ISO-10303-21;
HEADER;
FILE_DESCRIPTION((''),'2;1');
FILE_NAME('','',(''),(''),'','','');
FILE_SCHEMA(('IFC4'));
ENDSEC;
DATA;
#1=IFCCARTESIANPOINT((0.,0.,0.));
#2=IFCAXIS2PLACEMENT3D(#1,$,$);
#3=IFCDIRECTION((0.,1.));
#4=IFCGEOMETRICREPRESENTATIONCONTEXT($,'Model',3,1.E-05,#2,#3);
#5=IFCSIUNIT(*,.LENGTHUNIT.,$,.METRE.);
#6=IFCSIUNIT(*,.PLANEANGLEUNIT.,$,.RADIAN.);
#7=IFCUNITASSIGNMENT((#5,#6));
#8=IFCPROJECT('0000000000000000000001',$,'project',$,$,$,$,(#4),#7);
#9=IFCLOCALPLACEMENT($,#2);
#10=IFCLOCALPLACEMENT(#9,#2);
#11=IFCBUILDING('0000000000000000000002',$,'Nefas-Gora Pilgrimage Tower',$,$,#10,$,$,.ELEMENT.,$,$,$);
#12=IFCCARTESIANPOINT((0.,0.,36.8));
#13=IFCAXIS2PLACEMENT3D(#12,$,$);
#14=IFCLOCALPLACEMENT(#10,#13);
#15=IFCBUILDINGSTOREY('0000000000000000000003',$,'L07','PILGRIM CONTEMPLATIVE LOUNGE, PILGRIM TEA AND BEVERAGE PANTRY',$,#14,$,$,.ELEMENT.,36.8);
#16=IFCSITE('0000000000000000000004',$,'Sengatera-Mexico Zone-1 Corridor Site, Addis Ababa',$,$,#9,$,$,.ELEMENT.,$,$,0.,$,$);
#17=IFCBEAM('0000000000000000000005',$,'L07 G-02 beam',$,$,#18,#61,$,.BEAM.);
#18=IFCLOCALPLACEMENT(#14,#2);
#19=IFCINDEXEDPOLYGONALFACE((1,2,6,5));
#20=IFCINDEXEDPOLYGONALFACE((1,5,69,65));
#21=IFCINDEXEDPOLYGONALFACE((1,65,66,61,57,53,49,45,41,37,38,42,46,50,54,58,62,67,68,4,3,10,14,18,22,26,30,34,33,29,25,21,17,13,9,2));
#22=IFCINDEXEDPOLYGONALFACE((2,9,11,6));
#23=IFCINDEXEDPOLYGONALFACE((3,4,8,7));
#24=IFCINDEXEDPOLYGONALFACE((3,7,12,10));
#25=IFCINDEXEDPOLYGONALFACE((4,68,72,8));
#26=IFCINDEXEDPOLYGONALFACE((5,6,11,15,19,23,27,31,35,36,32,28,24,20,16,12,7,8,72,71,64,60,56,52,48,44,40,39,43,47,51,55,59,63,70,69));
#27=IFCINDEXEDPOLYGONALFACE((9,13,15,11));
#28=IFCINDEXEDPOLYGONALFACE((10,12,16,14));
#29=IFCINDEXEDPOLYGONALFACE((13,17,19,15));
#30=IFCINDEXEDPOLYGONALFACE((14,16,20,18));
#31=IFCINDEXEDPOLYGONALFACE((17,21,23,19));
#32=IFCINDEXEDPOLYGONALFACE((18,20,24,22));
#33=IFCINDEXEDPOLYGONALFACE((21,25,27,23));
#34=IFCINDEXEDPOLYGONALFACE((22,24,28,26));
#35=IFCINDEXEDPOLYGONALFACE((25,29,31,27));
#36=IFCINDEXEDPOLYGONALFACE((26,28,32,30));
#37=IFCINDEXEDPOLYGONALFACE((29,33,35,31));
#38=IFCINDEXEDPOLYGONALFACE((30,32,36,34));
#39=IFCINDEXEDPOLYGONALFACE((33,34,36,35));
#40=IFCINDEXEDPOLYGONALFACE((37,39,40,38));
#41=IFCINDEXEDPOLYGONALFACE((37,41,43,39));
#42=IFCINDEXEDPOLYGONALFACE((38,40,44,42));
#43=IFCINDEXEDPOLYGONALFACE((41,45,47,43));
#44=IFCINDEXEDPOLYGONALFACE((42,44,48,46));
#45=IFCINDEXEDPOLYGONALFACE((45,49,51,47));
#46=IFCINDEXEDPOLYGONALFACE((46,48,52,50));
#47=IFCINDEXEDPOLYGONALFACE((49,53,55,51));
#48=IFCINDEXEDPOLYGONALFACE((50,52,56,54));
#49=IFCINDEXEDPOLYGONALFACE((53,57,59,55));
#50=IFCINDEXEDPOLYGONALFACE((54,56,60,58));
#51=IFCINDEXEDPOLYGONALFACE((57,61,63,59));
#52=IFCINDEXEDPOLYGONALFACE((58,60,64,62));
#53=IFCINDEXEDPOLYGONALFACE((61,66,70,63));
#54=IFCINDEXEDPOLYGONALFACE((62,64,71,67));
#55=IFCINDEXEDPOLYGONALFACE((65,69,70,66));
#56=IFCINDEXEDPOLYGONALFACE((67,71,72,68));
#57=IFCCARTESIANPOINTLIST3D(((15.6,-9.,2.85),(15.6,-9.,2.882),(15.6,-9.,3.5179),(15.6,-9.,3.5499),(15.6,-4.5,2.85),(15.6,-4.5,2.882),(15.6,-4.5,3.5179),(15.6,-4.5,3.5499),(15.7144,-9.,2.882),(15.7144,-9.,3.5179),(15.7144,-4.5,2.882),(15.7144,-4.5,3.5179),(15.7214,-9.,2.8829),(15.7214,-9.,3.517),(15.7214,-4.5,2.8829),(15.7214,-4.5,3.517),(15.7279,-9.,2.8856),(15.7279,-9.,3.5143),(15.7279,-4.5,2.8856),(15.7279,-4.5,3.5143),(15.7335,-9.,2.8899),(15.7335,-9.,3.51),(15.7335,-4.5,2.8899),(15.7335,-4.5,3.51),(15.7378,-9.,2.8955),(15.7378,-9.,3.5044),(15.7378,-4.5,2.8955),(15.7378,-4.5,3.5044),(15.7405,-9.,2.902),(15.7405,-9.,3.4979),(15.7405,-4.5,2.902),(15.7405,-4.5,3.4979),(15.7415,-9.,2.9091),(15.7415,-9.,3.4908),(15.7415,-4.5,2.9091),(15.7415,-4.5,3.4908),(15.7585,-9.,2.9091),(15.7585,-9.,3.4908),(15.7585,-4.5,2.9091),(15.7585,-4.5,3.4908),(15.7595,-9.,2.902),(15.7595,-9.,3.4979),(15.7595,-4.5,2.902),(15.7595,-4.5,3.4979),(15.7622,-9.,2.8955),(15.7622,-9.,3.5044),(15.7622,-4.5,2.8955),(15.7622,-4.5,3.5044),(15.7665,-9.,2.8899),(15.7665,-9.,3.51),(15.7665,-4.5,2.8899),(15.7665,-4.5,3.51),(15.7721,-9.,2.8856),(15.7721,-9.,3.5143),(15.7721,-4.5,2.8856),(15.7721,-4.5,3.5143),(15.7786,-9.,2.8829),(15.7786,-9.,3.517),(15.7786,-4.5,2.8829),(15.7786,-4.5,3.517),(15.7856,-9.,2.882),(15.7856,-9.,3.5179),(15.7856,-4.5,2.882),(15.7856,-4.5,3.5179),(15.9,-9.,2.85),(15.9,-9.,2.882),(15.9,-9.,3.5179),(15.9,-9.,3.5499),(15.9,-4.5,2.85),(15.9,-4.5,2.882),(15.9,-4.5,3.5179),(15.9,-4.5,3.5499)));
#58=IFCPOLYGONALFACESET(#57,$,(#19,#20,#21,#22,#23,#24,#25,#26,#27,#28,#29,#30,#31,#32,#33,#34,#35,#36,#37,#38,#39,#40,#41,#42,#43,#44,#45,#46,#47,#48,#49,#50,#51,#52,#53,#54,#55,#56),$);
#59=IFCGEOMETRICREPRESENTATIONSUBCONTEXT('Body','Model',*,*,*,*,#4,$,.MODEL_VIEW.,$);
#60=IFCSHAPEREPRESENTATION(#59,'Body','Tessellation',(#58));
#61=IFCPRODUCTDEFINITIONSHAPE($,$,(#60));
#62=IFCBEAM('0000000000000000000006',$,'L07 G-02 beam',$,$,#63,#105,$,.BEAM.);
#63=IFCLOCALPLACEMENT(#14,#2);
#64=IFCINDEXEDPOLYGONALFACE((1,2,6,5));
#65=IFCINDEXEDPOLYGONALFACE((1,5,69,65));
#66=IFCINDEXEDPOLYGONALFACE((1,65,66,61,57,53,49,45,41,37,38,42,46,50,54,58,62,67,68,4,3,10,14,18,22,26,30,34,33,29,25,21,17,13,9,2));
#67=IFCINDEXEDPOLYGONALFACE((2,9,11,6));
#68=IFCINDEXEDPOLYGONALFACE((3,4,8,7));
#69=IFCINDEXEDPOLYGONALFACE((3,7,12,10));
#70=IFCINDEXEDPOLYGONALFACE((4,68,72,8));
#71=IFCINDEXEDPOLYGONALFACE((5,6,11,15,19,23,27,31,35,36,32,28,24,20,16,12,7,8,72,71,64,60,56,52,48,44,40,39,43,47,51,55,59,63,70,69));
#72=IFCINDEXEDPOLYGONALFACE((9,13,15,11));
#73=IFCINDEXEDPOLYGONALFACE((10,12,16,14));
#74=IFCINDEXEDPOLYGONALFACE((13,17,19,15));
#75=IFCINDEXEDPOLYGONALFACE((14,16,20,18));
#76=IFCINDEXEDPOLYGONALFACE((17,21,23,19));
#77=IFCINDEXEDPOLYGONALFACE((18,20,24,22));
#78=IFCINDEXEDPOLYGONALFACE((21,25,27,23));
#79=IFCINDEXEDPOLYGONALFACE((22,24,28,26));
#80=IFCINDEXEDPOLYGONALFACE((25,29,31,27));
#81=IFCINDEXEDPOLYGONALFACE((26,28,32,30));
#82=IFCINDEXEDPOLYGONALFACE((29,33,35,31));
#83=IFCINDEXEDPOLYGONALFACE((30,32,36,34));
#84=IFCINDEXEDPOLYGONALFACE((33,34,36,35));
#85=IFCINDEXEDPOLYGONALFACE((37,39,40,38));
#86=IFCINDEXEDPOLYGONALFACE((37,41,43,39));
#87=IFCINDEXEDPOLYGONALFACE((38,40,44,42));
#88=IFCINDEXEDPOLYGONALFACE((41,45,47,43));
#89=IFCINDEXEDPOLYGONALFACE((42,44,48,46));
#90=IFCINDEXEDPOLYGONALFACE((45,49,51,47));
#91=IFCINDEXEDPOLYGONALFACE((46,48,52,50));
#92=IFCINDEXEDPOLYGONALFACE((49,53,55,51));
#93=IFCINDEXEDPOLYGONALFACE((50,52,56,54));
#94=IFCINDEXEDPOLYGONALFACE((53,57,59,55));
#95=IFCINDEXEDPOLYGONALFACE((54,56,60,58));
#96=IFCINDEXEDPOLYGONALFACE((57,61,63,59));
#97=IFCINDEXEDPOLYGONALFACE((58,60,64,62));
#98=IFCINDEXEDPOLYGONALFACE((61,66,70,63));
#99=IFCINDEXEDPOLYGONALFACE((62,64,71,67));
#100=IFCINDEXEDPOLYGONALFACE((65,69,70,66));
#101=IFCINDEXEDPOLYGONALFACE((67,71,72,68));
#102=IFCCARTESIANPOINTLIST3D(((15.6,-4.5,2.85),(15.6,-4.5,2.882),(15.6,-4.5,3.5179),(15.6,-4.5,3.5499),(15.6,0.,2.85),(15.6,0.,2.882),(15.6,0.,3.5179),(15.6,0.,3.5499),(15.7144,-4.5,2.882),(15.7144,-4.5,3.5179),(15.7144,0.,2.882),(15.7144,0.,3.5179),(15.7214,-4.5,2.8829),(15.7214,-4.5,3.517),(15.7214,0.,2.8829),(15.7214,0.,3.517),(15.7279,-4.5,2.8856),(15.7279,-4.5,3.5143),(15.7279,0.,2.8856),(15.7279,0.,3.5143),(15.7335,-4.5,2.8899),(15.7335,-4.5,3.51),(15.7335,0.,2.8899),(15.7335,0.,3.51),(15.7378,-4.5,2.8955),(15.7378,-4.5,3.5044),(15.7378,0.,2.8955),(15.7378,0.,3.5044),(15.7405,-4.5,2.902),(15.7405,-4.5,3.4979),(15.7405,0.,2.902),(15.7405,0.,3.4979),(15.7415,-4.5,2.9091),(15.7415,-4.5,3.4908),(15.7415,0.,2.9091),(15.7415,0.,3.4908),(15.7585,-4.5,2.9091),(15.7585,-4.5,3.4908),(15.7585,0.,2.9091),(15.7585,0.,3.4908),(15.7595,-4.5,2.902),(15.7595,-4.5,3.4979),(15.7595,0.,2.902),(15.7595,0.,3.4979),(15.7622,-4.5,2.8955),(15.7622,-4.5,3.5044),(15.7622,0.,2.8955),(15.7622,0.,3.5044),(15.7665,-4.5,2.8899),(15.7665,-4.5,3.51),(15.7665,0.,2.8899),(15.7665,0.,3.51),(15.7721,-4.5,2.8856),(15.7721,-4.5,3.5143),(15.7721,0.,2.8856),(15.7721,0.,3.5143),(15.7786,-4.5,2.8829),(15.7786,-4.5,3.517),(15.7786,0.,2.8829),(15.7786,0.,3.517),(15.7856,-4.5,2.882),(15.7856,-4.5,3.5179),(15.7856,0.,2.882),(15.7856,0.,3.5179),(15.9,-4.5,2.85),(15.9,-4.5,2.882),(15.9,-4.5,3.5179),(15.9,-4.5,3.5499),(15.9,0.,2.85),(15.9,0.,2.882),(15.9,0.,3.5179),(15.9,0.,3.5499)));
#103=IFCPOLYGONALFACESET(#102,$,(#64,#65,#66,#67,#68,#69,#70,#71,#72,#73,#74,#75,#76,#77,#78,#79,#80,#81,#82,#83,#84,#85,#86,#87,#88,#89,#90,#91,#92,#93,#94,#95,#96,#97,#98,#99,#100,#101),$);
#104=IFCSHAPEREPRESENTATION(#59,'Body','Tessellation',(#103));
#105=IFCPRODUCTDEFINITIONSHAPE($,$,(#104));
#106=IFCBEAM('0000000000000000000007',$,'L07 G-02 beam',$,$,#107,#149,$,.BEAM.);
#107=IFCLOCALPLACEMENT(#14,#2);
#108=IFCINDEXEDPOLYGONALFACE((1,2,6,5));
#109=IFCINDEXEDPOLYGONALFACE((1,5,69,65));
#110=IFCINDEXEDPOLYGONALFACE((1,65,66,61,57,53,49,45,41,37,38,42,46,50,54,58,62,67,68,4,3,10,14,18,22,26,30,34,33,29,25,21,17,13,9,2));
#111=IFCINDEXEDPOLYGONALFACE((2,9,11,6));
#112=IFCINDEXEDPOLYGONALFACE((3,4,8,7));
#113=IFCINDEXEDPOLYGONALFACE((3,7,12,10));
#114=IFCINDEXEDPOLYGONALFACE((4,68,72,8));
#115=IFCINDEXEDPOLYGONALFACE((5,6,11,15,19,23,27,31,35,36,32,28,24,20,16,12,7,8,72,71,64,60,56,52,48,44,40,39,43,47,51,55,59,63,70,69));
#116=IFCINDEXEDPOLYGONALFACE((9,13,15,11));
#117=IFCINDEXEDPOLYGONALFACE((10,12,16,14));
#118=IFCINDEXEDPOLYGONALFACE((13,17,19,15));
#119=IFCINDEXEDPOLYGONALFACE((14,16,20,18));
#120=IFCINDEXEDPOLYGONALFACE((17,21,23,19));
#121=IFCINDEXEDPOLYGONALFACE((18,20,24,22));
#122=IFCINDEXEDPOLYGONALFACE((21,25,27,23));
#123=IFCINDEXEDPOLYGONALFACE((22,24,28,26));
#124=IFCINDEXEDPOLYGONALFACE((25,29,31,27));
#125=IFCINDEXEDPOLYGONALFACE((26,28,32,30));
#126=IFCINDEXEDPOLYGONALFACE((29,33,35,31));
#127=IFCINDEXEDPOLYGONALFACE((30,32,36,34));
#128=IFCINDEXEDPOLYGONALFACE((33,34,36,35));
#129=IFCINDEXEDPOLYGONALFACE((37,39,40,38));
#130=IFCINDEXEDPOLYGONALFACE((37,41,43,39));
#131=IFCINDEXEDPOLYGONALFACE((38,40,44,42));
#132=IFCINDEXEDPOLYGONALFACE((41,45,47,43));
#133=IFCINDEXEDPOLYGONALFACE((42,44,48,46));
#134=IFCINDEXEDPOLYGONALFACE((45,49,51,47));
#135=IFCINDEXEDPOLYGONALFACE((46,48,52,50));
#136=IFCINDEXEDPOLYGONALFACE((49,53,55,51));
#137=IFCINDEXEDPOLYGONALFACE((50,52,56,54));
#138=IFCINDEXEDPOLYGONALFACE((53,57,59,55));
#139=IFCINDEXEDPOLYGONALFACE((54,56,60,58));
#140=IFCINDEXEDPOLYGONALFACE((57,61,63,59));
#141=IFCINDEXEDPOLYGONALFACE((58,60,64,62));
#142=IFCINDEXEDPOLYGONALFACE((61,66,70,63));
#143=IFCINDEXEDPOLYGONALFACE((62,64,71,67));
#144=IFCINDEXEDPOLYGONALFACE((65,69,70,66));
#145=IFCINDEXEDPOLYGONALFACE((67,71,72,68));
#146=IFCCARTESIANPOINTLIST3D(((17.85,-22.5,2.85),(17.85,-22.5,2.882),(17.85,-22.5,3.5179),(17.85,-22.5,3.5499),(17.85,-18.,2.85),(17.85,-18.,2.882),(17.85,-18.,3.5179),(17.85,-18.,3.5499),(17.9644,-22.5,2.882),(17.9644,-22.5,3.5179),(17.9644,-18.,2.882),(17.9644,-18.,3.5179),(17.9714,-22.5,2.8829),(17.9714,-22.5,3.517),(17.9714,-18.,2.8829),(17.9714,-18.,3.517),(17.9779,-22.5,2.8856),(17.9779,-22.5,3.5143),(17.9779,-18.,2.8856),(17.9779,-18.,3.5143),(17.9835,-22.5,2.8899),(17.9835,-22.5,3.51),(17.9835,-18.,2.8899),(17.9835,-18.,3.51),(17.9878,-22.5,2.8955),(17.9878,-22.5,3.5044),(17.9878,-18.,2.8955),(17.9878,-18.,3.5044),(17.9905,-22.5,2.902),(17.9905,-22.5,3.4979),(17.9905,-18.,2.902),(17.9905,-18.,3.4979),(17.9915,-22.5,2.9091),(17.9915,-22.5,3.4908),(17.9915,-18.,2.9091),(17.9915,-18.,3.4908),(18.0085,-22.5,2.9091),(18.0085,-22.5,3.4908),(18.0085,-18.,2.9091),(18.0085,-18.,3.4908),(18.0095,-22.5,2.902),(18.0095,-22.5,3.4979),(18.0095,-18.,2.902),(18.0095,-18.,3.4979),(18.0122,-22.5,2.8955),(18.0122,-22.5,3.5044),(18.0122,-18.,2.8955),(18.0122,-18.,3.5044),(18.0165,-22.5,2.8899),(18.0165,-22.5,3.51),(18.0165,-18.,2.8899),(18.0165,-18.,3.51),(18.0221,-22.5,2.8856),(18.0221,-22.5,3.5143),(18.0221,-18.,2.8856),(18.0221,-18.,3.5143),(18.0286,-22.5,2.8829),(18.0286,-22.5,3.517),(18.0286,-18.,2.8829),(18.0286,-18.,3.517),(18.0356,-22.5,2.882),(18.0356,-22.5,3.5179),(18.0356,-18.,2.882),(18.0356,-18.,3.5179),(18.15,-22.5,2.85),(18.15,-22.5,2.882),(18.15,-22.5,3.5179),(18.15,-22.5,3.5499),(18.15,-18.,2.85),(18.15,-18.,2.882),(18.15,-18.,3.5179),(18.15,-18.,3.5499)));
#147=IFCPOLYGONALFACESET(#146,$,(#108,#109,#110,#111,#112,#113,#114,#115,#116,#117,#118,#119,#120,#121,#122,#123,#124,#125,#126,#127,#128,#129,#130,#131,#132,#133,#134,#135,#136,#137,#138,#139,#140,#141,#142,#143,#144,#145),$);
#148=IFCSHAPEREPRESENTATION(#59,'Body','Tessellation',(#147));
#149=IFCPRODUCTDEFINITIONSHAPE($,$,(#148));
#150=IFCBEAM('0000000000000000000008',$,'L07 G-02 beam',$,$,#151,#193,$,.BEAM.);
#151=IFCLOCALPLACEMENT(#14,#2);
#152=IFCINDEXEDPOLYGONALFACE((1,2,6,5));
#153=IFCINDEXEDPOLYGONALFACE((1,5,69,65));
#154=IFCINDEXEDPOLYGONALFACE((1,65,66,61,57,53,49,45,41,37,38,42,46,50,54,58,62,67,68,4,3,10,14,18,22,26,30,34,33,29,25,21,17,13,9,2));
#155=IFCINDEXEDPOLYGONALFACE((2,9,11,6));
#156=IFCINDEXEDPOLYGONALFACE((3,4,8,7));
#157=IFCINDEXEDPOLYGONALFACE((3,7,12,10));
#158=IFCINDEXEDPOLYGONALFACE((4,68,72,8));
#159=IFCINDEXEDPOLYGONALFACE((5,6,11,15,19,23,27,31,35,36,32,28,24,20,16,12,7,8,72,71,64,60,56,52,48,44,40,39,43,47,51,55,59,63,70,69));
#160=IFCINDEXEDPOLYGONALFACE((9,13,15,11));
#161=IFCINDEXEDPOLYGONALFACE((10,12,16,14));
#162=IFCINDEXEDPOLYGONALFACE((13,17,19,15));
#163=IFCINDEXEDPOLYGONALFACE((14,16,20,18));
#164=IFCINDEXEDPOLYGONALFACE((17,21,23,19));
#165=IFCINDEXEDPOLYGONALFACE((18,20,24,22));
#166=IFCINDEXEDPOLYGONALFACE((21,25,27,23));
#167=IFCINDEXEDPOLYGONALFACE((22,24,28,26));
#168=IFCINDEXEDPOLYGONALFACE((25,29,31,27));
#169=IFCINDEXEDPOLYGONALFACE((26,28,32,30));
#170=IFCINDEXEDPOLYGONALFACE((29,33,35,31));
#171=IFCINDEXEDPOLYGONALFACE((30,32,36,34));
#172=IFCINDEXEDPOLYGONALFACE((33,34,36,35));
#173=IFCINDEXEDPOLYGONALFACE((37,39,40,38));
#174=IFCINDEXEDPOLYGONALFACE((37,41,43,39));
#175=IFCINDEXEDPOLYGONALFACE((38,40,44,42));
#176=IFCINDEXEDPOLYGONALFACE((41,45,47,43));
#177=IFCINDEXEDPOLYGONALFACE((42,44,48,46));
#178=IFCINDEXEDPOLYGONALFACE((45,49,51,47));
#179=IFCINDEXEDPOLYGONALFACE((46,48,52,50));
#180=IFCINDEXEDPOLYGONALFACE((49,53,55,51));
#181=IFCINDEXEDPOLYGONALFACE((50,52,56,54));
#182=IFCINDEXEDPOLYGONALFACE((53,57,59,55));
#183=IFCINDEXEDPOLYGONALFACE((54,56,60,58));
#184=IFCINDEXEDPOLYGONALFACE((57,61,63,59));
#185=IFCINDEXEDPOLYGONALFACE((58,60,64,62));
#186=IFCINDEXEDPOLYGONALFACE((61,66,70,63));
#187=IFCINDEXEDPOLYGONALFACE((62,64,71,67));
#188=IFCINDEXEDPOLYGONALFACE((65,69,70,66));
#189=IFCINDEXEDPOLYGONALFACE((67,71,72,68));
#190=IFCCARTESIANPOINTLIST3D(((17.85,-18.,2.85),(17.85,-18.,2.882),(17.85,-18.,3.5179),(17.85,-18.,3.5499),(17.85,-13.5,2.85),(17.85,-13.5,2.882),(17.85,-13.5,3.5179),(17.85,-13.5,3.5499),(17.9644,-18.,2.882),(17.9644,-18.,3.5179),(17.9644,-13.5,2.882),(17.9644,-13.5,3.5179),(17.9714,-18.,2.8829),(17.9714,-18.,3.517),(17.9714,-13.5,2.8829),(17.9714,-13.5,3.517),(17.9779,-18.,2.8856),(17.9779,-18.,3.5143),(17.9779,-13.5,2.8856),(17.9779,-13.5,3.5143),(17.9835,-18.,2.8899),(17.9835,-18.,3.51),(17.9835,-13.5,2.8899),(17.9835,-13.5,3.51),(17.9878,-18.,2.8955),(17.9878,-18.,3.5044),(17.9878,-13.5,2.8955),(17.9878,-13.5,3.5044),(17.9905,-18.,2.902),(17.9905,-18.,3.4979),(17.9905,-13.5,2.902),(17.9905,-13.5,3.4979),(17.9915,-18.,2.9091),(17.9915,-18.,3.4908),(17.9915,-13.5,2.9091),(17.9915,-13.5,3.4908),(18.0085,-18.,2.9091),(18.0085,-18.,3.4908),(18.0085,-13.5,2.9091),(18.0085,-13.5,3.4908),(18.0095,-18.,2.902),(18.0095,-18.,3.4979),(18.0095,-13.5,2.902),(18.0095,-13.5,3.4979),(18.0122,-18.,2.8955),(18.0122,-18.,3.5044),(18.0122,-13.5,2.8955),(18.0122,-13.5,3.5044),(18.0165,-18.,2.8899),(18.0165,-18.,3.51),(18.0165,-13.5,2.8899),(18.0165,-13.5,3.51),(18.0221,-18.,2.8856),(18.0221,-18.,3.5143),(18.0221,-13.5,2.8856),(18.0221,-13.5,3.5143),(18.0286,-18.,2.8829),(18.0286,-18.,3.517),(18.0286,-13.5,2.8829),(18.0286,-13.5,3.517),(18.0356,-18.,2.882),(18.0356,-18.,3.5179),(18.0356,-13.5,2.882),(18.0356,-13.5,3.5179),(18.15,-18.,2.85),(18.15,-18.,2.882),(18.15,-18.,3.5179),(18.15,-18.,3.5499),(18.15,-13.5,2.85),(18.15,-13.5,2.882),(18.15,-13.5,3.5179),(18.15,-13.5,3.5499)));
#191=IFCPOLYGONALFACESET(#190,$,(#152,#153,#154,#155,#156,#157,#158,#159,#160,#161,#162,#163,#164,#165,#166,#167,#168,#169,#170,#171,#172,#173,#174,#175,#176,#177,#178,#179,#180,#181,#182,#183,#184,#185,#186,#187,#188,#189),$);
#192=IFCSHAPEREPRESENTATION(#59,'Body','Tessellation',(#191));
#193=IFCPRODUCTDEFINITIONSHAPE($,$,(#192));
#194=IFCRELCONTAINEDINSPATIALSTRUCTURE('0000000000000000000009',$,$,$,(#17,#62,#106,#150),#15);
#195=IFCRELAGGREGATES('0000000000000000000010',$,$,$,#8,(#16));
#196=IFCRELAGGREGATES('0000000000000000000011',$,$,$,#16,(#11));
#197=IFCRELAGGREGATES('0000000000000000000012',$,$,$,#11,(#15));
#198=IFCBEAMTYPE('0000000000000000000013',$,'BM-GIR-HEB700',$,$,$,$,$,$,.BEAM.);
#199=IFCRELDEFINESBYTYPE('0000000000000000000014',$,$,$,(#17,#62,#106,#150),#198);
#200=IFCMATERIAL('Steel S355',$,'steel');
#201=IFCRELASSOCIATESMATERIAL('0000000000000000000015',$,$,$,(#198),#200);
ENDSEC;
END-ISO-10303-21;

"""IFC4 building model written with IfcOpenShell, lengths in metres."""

from ifc_helpers import new_model, si_unit, direction, frame, origin, origin_2d, place, context, subcontext, project, spatial, i_section, extrude, source, transform, mapped, material, material_profile, profile_set, type_object, element, save


model = new_model("IFC4")

# Units and contexts
model_context = context("Model", 3, precision=1e-05, world=origin(), true_north=direction((0.0, 1.0)))
body_context = subcontext(model_context, "Body", "Model", "MODEL_VIEW")
ifc_project = project(units=[si_unit("LENGTHUNIT", "METRE"), si_unit("PLANEANGLEUNIT", "RADIAN")], contexts=[model_context])

# Site, building, storey
site_placement = place(None, origin())
site = spatial("IfcSite", under=ifc_project, at=site_placement, Name="Sengatera-Mexico Zone-1 Corridor Site, Addis Ababa", CompositionType="ELEMENT", RefElevation=0.0)
building_placement = place(site_placement, origin())
building = spatial("IfcBuilding", under=site, at=building_placement, Name="Nefas-Gora Pilgrimage Tower", CompositionType="ELEMENT")
storey_placement = place(building_placement, frame((0.0, 0.0, 36.8)))
storey = spatial("IfcBuildingStorey", under=building, at=storey_placement, Name="L07", Description="PILGRIM CONTEMPLATIVE LOUNGE, PILGRIM TEA AND BEVERAGE PANTRY", CompositionType="ELEMENT", Elevation=36.8)

# Beams
ifc_material_1 = material(Name="Steel S355", Category="steel")
ifc_material_profile_1 = material_profile(ifc_material_1, i_section(OverallWidth=0.3, OverallDepth=0.7, WebThickness=0.0171, FlangeThickness=0.032, FilletRadius=0.0271, at=origin_2d()), Name="HEB 700")
ifc_profile_set_1 = profile_set([ifc_material_profile_1], Name="Steel S355")
beam_type_1 = type_object("IfcBeamType", Name="BM-GIR-HEB700", PredefinedType="BEAM", material=ifc_profile_set_1)
shared_shape_1 = source(origin(), body_context, "Body", "SweptSolid", [
    extrude(i_section(OverallWidth=0.3, OverallDepth=0.7, WebThickness=0.0171, FlangeThickness=0.032, FilletRadius=0.0271, at=origin_2d()), origin(), (0.0, 0.0, 1.0), 4.5),
])
for number, where, z_axis, x_axis, name in (
    (1, (15.75, -9.0, 3.2), (0.0, 1.0, 0.0), (-1.0, 0.0, 0.0), "L07 G-02 beam"),
    (2, (15.75, -4.5, 3.2), (0.0, 1.0, 0.0), (-1.0, 0.0, 0.0), "L07 G-02 beam"),
    (3, (18.0, -22.5, 3.2), (0.0, 1.0, 0.0), (-1.0, 0.0, 0.0), "L07 G-02 beam"),
    (4, (18.0, -18.0, 3.2), (0.0, 1.0, 0.0), (-1.0, 0.0, 0.0), "L07 G-02 beam"),
):
    element("IfcBeam", number, at=place(storey_placement, frame(where, z_axis=z_axis, x_axis=x_axis)), inside=storey, type_object=beam_type_1, Name=name, PredefinedType="BEAM", context=body_context, shape_type="MappedRepresentation", body=[
        mapped(shared_shape_1, transform((0.0, 0.0, 0.0), x_axis=(1.0, 0.0, 0.0), y_axis=(0.0, 1.0, 0.0), z_axis=(0.0, 0.0, 1.0), scale=1.0)),
    ])

save(model, "model.ifc")
